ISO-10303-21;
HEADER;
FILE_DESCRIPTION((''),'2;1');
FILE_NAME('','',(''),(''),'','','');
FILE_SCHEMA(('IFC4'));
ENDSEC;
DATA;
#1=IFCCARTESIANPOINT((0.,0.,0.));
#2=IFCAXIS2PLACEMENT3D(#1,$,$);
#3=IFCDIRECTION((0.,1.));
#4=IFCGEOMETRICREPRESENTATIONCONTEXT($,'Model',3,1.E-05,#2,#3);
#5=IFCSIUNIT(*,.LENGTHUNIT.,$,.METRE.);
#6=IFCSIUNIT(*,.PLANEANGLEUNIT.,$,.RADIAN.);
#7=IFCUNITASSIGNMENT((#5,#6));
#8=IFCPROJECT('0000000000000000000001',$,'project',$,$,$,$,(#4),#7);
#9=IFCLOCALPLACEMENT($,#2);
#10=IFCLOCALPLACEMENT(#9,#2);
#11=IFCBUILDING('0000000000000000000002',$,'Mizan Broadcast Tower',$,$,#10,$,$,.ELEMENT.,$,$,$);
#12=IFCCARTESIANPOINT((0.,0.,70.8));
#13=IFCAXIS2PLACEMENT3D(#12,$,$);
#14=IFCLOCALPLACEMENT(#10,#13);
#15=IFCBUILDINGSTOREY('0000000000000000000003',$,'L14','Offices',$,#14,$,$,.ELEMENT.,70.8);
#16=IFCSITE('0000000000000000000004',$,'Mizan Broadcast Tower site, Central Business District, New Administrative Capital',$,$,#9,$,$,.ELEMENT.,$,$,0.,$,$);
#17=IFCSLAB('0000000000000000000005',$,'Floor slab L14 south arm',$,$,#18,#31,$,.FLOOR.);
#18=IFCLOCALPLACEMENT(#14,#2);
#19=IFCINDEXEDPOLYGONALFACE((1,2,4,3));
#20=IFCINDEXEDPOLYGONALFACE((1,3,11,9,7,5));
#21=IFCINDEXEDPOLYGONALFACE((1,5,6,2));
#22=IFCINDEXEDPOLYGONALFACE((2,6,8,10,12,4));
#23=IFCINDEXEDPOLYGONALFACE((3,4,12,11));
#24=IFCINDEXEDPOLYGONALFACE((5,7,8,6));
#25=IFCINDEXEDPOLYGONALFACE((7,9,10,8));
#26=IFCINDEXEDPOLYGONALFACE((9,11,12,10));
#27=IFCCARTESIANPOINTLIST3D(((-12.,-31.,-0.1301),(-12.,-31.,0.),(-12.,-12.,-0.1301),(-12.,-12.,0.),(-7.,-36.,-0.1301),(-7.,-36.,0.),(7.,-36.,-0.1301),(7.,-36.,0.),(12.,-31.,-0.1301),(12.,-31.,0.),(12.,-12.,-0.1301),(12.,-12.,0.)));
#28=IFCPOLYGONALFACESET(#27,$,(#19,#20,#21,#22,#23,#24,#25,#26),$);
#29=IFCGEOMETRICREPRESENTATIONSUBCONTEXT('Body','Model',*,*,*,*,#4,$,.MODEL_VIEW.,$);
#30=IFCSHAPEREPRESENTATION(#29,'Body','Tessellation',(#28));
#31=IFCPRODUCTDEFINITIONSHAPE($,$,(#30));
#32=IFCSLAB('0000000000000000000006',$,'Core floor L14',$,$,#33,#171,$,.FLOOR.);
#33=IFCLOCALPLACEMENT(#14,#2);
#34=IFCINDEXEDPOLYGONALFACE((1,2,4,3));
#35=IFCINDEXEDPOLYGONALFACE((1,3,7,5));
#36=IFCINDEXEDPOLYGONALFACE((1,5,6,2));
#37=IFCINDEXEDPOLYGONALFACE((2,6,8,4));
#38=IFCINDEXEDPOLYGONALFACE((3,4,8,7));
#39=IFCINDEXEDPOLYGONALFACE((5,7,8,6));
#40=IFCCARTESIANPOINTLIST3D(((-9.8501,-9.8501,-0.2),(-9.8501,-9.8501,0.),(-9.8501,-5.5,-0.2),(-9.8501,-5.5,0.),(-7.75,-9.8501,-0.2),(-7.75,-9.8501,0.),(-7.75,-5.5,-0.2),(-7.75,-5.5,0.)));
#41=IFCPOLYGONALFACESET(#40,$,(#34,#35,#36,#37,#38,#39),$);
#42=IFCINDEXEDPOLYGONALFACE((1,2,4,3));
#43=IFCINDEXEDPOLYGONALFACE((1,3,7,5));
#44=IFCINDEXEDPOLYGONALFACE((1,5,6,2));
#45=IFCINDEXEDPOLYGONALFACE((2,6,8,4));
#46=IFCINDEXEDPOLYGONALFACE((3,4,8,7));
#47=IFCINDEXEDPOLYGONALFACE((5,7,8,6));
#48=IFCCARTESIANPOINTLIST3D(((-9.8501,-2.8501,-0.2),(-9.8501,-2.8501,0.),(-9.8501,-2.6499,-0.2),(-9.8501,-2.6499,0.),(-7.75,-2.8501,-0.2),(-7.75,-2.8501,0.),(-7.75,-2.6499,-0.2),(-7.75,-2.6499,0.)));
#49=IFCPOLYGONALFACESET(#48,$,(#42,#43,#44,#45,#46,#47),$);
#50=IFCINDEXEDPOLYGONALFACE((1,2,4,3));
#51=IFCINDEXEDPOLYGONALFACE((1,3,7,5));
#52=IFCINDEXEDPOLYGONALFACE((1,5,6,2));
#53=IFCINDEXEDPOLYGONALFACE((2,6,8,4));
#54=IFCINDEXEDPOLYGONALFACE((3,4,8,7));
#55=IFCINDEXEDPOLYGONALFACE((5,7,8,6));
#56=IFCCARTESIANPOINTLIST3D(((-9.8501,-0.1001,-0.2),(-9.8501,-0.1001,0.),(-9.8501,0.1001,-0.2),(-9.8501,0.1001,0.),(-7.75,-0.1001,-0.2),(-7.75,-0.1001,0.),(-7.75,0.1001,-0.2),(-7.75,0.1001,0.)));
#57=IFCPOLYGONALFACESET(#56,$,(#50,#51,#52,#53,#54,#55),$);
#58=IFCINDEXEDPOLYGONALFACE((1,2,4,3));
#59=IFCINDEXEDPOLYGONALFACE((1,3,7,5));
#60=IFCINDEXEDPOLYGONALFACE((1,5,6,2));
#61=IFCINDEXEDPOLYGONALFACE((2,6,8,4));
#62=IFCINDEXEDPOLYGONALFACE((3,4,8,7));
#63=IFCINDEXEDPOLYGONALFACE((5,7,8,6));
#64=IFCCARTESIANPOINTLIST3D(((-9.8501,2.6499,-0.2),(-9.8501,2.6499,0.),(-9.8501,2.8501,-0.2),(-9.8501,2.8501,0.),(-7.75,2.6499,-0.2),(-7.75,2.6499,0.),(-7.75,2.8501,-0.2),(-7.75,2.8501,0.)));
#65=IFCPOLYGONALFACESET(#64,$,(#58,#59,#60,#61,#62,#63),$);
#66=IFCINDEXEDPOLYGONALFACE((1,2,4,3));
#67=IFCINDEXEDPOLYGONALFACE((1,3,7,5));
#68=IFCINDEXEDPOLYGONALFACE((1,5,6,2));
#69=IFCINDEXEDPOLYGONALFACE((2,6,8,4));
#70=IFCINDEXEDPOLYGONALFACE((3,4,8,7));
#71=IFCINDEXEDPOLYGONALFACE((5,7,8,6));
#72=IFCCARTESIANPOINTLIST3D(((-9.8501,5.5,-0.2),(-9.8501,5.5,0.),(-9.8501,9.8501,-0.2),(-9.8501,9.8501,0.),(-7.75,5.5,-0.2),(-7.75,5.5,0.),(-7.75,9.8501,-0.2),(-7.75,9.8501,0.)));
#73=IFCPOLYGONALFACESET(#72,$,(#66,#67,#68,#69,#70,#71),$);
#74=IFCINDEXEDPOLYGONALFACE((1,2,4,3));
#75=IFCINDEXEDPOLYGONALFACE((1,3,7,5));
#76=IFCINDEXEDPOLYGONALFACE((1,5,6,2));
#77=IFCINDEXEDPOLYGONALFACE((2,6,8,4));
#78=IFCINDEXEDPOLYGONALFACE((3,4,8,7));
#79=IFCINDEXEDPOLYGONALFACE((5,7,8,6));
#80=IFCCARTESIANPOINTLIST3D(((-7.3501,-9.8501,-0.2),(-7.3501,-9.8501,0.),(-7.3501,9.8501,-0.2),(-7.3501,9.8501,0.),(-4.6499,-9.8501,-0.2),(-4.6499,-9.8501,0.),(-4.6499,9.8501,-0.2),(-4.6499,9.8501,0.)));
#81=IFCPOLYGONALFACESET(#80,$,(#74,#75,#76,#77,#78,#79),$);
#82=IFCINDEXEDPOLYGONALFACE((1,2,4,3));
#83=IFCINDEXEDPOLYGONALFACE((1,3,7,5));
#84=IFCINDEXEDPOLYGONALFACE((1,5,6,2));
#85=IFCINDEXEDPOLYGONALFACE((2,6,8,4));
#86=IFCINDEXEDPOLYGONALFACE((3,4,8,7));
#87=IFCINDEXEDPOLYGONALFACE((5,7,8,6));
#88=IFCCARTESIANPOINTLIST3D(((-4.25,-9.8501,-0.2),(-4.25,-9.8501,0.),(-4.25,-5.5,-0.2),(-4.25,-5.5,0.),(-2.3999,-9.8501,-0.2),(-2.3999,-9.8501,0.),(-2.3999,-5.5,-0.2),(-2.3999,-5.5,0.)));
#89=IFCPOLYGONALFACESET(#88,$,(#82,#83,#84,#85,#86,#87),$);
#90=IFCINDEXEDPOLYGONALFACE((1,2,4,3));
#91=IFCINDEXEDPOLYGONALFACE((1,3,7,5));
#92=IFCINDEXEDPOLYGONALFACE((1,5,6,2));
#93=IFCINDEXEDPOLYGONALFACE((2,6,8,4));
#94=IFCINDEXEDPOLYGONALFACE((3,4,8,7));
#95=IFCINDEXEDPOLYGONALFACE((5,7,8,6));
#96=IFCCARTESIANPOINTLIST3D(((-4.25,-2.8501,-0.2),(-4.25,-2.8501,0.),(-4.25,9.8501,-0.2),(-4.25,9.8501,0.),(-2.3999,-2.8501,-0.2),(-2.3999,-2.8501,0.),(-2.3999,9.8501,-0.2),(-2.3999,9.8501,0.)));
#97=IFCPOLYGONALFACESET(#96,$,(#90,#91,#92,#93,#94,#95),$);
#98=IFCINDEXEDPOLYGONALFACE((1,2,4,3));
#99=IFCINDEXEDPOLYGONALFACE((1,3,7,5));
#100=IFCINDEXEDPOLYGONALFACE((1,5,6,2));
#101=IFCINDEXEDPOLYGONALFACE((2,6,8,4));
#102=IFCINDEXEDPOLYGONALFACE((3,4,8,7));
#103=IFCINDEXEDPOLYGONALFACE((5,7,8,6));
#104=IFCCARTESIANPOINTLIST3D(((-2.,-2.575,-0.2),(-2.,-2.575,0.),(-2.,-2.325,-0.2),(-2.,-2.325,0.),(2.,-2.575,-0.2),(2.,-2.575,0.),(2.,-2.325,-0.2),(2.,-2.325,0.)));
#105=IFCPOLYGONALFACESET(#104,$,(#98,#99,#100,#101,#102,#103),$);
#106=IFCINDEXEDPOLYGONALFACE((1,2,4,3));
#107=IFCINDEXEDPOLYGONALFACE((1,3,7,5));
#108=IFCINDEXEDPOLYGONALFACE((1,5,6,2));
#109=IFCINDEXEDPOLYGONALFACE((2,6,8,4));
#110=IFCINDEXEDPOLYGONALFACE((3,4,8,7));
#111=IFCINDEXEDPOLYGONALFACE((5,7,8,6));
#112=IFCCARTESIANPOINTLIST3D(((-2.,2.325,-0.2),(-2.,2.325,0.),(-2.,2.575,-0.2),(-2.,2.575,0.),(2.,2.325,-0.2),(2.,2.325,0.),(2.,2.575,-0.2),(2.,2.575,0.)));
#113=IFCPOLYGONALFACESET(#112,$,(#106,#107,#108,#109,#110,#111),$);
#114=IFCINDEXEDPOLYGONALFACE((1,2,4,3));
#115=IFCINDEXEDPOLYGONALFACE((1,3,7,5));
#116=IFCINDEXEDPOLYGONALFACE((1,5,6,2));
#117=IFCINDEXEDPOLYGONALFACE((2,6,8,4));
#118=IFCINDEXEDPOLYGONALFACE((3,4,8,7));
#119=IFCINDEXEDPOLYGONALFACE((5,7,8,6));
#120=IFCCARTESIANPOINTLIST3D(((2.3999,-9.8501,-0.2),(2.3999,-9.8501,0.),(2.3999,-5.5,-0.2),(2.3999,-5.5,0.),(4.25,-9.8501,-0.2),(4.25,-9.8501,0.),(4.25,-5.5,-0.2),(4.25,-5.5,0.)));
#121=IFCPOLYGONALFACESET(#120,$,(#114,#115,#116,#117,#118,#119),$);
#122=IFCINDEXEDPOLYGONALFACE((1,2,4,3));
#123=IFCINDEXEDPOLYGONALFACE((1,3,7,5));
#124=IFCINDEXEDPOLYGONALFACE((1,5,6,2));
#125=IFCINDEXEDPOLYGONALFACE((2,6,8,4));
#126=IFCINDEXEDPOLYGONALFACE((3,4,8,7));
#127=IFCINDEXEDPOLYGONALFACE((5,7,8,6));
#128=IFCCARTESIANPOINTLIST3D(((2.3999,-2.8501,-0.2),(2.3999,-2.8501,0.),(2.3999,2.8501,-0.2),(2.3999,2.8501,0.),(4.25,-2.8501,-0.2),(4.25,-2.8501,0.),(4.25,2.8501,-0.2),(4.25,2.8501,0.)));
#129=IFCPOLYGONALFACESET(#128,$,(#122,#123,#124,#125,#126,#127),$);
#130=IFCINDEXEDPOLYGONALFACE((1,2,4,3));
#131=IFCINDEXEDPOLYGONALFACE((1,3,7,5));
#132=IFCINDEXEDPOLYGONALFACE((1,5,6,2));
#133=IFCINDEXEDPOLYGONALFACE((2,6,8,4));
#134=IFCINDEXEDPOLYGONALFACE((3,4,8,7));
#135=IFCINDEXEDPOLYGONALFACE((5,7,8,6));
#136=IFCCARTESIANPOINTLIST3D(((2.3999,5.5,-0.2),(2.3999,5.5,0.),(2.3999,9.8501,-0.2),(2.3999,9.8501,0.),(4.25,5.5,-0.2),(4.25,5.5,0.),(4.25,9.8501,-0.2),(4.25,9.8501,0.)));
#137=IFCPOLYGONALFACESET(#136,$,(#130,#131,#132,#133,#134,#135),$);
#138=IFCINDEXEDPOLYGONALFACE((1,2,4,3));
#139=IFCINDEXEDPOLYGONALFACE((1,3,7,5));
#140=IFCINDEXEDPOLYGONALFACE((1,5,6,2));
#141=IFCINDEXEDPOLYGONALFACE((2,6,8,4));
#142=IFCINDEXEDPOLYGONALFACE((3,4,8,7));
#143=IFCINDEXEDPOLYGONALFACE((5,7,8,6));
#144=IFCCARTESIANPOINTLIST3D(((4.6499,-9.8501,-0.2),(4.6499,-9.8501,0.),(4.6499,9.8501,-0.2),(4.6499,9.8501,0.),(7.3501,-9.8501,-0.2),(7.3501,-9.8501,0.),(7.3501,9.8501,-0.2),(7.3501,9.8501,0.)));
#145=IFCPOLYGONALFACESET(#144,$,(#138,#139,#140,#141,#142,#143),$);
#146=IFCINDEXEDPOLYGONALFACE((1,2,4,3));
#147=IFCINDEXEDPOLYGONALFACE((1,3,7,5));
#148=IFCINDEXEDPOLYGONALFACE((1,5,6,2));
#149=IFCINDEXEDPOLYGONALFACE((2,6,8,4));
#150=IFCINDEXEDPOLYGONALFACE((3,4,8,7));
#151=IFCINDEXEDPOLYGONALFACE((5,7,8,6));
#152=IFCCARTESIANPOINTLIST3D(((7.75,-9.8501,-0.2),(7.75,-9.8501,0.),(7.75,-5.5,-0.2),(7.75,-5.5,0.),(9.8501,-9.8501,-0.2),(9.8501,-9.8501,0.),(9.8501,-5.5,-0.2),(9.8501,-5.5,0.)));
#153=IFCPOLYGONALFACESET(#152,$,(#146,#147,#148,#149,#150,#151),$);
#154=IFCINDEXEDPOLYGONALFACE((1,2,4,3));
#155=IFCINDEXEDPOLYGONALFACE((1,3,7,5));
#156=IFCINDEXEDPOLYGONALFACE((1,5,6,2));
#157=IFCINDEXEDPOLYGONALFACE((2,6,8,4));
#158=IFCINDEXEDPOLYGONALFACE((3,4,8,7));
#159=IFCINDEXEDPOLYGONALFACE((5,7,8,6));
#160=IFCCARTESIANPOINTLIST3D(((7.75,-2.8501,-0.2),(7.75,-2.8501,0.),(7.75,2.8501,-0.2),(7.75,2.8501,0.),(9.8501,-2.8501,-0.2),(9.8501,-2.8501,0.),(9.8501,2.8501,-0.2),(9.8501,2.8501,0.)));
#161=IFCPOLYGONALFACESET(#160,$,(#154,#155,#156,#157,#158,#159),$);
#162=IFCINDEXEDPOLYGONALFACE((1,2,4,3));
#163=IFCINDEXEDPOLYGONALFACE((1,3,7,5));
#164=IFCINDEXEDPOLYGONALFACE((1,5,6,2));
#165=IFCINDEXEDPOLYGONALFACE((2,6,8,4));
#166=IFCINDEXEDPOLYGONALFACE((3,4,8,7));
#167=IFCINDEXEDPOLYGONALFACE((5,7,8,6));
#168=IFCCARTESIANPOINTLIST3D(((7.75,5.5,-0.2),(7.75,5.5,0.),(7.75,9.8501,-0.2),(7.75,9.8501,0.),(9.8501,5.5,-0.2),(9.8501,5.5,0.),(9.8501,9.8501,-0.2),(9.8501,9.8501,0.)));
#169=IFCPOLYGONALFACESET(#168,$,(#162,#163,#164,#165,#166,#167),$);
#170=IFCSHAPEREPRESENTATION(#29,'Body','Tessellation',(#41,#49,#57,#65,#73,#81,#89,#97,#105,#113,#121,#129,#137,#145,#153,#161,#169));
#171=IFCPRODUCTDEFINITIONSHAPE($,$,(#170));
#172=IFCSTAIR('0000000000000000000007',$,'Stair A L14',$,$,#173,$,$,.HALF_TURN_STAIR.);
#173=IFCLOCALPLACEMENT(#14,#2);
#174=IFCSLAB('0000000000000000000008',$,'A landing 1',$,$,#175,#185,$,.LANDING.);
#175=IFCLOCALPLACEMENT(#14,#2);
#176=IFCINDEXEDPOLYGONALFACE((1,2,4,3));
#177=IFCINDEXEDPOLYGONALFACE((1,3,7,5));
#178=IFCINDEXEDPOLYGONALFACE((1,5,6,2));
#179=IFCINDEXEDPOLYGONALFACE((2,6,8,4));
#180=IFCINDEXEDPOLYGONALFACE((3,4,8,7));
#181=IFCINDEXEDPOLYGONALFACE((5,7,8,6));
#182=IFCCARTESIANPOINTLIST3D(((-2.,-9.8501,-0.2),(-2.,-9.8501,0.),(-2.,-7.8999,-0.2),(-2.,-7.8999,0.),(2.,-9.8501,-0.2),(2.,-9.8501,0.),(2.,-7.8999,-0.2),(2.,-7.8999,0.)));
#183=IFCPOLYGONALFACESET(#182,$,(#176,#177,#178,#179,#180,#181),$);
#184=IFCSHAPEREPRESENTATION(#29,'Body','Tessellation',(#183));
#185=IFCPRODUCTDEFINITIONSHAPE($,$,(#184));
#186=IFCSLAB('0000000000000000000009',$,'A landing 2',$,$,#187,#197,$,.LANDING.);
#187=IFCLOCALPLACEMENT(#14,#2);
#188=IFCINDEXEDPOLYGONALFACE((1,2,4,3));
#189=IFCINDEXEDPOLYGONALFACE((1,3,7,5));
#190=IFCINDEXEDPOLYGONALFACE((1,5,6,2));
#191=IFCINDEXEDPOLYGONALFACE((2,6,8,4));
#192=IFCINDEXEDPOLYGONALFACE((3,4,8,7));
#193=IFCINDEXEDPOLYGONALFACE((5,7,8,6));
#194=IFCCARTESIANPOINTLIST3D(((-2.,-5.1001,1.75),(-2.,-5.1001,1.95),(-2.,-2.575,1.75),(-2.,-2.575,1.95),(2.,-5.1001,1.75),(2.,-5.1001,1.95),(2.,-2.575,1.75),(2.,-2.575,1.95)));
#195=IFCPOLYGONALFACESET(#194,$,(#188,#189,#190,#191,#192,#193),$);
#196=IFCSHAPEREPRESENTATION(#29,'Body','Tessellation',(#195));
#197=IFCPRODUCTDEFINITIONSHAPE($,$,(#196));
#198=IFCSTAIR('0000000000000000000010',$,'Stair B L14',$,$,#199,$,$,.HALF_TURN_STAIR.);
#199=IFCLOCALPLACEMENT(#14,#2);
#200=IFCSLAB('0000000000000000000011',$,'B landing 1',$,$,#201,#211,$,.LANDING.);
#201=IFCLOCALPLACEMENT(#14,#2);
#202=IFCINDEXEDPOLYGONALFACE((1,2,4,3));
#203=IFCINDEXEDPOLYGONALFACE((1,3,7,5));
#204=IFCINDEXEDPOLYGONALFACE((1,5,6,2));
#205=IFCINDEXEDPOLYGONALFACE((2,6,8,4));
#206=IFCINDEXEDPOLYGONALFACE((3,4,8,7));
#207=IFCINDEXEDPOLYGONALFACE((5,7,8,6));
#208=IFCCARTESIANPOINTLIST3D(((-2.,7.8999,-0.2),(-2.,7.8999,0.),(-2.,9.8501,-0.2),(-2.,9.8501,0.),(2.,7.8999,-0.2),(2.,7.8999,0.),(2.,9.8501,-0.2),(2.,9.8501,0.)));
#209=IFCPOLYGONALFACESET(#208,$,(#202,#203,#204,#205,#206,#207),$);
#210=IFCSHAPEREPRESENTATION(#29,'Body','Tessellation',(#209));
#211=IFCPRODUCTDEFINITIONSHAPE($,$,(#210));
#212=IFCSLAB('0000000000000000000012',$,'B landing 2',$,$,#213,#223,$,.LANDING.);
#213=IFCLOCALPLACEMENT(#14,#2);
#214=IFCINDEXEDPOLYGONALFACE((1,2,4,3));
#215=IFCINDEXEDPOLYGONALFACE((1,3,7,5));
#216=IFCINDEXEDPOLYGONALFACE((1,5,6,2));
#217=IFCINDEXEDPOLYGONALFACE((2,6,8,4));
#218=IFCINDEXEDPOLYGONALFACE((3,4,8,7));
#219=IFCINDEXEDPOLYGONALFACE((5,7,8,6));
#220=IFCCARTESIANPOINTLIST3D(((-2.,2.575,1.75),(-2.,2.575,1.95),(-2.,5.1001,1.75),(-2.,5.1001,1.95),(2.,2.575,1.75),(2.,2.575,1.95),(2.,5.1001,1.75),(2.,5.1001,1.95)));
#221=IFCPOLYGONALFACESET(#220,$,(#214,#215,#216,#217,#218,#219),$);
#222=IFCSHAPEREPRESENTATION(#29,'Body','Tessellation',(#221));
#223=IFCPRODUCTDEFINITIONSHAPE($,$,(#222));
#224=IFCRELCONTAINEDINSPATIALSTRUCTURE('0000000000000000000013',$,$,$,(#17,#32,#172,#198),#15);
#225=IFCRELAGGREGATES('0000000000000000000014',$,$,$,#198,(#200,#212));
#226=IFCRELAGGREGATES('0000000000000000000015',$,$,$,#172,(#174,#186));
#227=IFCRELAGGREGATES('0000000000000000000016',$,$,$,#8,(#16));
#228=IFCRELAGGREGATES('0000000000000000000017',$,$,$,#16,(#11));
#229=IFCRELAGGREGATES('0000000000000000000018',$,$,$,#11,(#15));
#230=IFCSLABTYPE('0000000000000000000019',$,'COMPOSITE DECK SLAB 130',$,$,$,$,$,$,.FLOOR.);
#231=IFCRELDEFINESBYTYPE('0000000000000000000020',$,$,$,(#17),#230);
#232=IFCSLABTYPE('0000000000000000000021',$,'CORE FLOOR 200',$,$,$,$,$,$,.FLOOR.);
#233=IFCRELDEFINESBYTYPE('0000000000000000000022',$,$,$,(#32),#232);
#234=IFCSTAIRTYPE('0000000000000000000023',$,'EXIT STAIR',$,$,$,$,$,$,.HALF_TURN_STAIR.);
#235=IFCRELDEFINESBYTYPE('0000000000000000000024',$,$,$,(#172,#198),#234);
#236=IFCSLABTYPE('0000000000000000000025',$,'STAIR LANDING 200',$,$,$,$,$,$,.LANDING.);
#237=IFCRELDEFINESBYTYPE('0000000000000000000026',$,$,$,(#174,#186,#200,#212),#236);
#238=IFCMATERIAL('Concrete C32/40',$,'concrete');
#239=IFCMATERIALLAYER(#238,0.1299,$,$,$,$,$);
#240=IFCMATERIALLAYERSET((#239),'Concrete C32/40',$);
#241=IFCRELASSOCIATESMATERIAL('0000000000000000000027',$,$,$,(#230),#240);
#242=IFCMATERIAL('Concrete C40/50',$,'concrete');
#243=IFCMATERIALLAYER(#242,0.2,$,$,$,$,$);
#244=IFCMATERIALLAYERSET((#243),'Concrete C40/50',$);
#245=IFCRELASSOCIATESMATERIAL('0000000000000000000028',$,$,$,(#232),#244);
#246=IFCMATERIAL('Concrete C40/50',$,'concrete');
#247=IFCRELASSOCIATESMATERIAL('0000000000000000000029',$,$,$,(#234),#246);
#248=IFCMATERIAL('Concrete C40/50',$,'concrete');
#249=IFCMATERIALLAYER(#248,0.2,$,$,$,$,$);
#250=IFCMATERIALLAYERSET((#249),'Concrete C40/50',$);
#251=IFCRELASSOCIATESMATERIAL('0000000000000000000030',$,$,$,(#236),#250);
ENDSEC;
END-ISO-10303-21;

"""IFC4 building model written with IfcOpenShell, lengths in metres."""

from ifc_helpers import new_model, si_unit, direction, frame, origin, place, context, subcontext, project, spatial, polyline, outline, extrude, material, layer, layer_set, type_object, element, aggregate, save


model = new_model("IFC4")

# Units and contexts
model_context = context("Model", 3, precision=1e-05, world=origin(), true_north=direction((0.0, 1.0)))
body_context = subcontext(model_context, "Body", "Model", "MODEL_VIEW")
ifc_project = project(units=[si_unit("LENGTHUNIT", "METRE"), si_unit("PLANEANGLEUNIT", "RADIAN")], contexts=[model_context])

# Site, building, storey
site_placement = place(None, origin())
site = spatial("IfcSite", under=ifc_project, at=site_placement, Name="Mizan Broadcast Tower site, Central Business District, New Administrative Capital", CompositionType="ELEMENT", RefElevation=0.0)
building_placement = place(site_placement, origin())
building = spatial("IfcBuilding", under=site, at=building_placement, Name="Mizan Broadcast Tower", CompositionType="ELEMENT")
storey_placement = place(building_placement, frame((0.0, 0.0, 70.8)))
storey = spatial("IfcBuildingStorey", under=building, at=storey_placement, Name="L14", Description="Offices", CompositionType="ELEMENT", Elevation=70.8)

# Slabs
ifc_material_1 = material(Name="Concrete C32/40", Category="concrete")
ifc_layer_1 = layer(ifc_material_1, 0.1299)
ifc_layer_set_1 = layer_set([ifc_layer_1], Name="Concrete C32/40")
slab_type_1 = type_object("IfcSlabType", Name="COMPOSITE DECK SLAB 130", PredefinedType="FLOOR", material=ifc_layer_set_1)
slab_1_placement = place(storey_placement, frame((0.0, 0.0, -0.1301)))
element("IfcSlab", 1, at=slab_1_placement, inside=storey, type_object=slab_type_1, Name="Floor slab L14 south arm", PredefinedType="FLOOR", context=body_context, shape_type="SweptSolid", body=[
    extrude(outline(polyline([(7.0, -36.0), (12.0, -31.0), (12.0, -12.0), (-12.0, -12.0), (-12.0, -31.0), (-7.0, -36.0), (7.0, -36.0)])), origin(), (0.0, 0.0, 1.0), 0.1301),
])
ifc_material_2 = material(Name="Concrete C40/50", Category="concrete")
ifc_layer_2 = layer(ifc_material_2, 0.2)
ifc_layer_set_2 = layer_set([ifc_layer_2], Name="Concrete C40/50")
slab_type_2 = type_object("IfcSlabType", Name="CORE FLOOR 200", PredefinedType="FLOOR", material=ifc_layer_set_2)
slab_2_placement = place(storey_placement, frame((0.0, 0.0, -0.2)))
element("IfcSlab", 2, at=slab_2_placement, inside=storey, type_object=slab_type_2, Name="Core floor L14", PredefinedType="FLOOR", context=body_context, shape_type="SweptSolid", body=[
    extrude(outline(polyline([(-9.8501, -9.8501), (-7.75, -9.8501), (-7.75, -5.5), (-9.8501, -5.5), (-9.8501, -9.8501)])), origin(), (0.0, 0.0, 1.0), 0.2),
    extrude(outline(polyline([(-9.8501, -2.8501), (-7.75, -2.8501), (-7.75, -2.6499), (-9.8501, -2.6499), (-9.8501, -2.8501)])), origin(), (0.0, 0.0, 1.0), 0.2),
    extrude(outline(polyline([(-9.8501, -0.1001), (-7.75, -0.1001), (-7.75, 0.1001), (-9.8501, 0.1001), (-9.8501, -0.1001)])), origin(), (0.0, 0.0, 1.0), 0.2),
    extrude(outline(polyline([(-9.8501, 2.6499), (-7.75, 2.6499), (-7.75, 2.8501), (-9.8501, 2.8501), (-9.8501, 2.6499)])), origin(), (0.0, 0.0, 1.0), 0.2),
    extrude(outline(polyline([(-9.8501, 5.5), (-7.75, 5.5), (-7.75, 9.8501), (-9.8501, 9.8501), (-9.8501, 5.5)])), origin(), (0.0, 0.0, 1.0), 0.2),
    extrude(outline(polyline([(-4.6499, 9.8501), (-7.3501, 9.8501), (-7.3501, -9.8501), (-4.6499, -9.8501), (-4.6499, 9.8501)])), origin(), (0.0, 0.0, 1.0), 0.2),
    extrude(outline(polyline([(-4.25, -5.5), (-4.25, -9.8501), (-2.3999, -9.8501), (-2.3999, -5.5), (-4.25, -5.5)])), origin(), (0.0, 0.0, 1.0), 0.2),
    extrude(outline(polyline([(-4.25, -2.8501), (-2.3999, -2.8501), (-2.3999, 9.8501), (-4.25, 9.8501), (-4.25, -2.8501)])), origin(), (0.0, 0.0, 1.0), 0.2),
    extrude(outline(polyline([(2.0, -2.325), (-2.0, -2.325), (-2.0, -2.575), (2.0, -2.575), (2.0, -2.325)])), origin(), (0.0, 0.0, 1.0), 0.2),
    extrude(outline(polyline([(2.0, 2.575), (-2.0, 2.575), (-2.0, 2.325), (2.0, 2.325), (2.0, 2.575)])), origin(), (0.0, 0.0, 1.0), 0.2),
    extrude(outline(polyline([(4.25, -9.8501), (4.25, -5.5), (2.3999, -5.5), (2.3999, -9.8501), (4.25, -9.8501)])), origin(), (0.0, 0.0, 1.0), 0.2),
    extrude(outline(polyline([(4.25, -2.8501), (4.25, 2.8501), (2.3999, 2.8501), (2.3999, -2.8501), (4.25, -2.8501)])), origin(), (0.0, 0.0, 1.0), 0.2),
    extrude(outline(polyline([(4.25, 5.5), (4.25, 9.8501), (2.3999, 9.8501), (2.3999, 5.5), (4.25, 5.5)])), origin(), (0.0, 0.0, 1.0), 0.2),
    extrude(outline(polyline([(4.6499, 9.8501), (4.6499, -9.8501), (7.3501, -9.8501), (7.3501, 9.8501), (4.6499, 9.8501)])), origin(), (0.0, 0.0, 1.0), 0.2),
    extrude(outline(polyline([(9.8501, -9.8501), (9.8501, -5.5), (7.75, -5.5), (7.75, -9.8501), (9.8501, -9.8501)])), origin(), (0.0, 0.0, 1.0), 0.2),
    extrude(outline(polyline([(7.75, 2.8501), (7.75, -2.8501), (9.8501, -2.8501), (9.8501, 2.8501), (7.75, 2.8501)])), origin(), (0.0, 0.0, 1.0), 0.2),
    extrude(outline(polyline([(9.8501, 5.5), (9.8501, 9.8501), (7.75, 9.8501), (7.75, 5.5), (9.8501, 5.5)])), origin(), (0.0, 0.0, 1.0), 0.2),
])

# Stairs, slabs
ifc_material_3 = material(Name="Concrete C40/50", Category="concrete")
stair_type = type_object("IfcStairType", Name="EXIT STAIR", PredefinedType="HALF_TURN_STAIR", material=ifc_material_3)
stair_1_placement = place(storey_placement, origin())
stair_1 = element("IfcStair", 3, at=stair_1_placement, inside=storey, type_object=stair_type, Name="Stair A L14", PredefinedType="HALF_TURN_STAIR")
ifc_material_4 = material(Name="Concrete C40/50", Category="concrete")
ifc_layer_3 = layer(ifc_material_4, 0.2)
ifc_layer_set_3 = layer_set([ifc_layer_3], Name="Concrete C40/50")
slab_type_3 = type_object("IfcSlabType", Name="STAIR LANDING 200", PredefinedType="LANDING", material=ifc_layer_set_3)
slab_3_placement = place(storey_placement, frame((0.0, 0.0, -0.2)))
slab_3 = element("IfcSlab", 4, at=slab_3_placement, type_object=slab_type_3, Name="A landing 1", PredefinedType="LANDING", context=body_context, shape_type="SweptSolid", body=[
    extrude(outline(polyline([(-2.0, -9.8501), (-2.0, -7.8999), (2.0, -7.8999), (2.0, -9.8501), (-2.0, -9.8501)])), origin(), (0.0, 0.0, 1.0), 0.2),
])
slab_4_placement = place(storey_placement, frame((0.0, 0.0, 1.75)))
slab_4 = element("IfcSlab", 5, at=slab_4_placement, type_object=slab_type_3, Name="A landing 2", PredefinedType="LANDING", context=body_context, shape_type="SweptSolid", body=[
    extrude(outline(polyline([(-2.0, -5.1001), (-2.0, -2.575), (2.0, -2.575), (2.0, -5.1001), (-2.0, -5.1001)])), origin(), (0.0, 0.0, 1.0), 0.2),
])
stair_2_placement = place(storey_placement, origin())
stair_2 = element("IfcStair", 6, at=stair_2_placement, inside=storey, type_object=stair_type, Name="Stair B L14", PredefinedType="HALF_TURN_STAIR")
slab_5_placement = place(storey_placement, frame((0.0, 0.0, -0.2)))
slab_5 = element("IfcSlab", 7, at=slab_5_placement, type_object=slab_type_3, Name="B landing 1", PredefinedType="LANDING", context=body_context, shape_type="SweptSolid", body=[
    extrude(outline(polyline([(2.0, 9.8501), (2.0, 7.8999), (-2.0, 7.8999), (-2.0, 9.8501), (2.0, 9.8501)])), origin(), (0.0, 0.0, 1.0), 0.2),
])
slab_6_placement = place(storey_placement, frame((0.0, 0.0, 1.75)))
slab_6 = element("IfcSlab", 8, at=slab_6_placement, type_object=slab_type_3, Name="B landing 2", PredefinedType="LANDING", context=body_context, shape_type="SweptSolid", body=[
    extrude(outline(polyline([(2.0, 5.1001), (2.0, 2.575), (-2.0, 2.575), (-2.0, 5.1001), (2.0, 5.1001)])), origin(), (0.0, 0.0, 1.0), 0.2),
])
aggregate(stair_2, [slab_5, slab_6])

aggregate(stair_1, [slab_3, slab_4])

save(model, "model.ifc")
